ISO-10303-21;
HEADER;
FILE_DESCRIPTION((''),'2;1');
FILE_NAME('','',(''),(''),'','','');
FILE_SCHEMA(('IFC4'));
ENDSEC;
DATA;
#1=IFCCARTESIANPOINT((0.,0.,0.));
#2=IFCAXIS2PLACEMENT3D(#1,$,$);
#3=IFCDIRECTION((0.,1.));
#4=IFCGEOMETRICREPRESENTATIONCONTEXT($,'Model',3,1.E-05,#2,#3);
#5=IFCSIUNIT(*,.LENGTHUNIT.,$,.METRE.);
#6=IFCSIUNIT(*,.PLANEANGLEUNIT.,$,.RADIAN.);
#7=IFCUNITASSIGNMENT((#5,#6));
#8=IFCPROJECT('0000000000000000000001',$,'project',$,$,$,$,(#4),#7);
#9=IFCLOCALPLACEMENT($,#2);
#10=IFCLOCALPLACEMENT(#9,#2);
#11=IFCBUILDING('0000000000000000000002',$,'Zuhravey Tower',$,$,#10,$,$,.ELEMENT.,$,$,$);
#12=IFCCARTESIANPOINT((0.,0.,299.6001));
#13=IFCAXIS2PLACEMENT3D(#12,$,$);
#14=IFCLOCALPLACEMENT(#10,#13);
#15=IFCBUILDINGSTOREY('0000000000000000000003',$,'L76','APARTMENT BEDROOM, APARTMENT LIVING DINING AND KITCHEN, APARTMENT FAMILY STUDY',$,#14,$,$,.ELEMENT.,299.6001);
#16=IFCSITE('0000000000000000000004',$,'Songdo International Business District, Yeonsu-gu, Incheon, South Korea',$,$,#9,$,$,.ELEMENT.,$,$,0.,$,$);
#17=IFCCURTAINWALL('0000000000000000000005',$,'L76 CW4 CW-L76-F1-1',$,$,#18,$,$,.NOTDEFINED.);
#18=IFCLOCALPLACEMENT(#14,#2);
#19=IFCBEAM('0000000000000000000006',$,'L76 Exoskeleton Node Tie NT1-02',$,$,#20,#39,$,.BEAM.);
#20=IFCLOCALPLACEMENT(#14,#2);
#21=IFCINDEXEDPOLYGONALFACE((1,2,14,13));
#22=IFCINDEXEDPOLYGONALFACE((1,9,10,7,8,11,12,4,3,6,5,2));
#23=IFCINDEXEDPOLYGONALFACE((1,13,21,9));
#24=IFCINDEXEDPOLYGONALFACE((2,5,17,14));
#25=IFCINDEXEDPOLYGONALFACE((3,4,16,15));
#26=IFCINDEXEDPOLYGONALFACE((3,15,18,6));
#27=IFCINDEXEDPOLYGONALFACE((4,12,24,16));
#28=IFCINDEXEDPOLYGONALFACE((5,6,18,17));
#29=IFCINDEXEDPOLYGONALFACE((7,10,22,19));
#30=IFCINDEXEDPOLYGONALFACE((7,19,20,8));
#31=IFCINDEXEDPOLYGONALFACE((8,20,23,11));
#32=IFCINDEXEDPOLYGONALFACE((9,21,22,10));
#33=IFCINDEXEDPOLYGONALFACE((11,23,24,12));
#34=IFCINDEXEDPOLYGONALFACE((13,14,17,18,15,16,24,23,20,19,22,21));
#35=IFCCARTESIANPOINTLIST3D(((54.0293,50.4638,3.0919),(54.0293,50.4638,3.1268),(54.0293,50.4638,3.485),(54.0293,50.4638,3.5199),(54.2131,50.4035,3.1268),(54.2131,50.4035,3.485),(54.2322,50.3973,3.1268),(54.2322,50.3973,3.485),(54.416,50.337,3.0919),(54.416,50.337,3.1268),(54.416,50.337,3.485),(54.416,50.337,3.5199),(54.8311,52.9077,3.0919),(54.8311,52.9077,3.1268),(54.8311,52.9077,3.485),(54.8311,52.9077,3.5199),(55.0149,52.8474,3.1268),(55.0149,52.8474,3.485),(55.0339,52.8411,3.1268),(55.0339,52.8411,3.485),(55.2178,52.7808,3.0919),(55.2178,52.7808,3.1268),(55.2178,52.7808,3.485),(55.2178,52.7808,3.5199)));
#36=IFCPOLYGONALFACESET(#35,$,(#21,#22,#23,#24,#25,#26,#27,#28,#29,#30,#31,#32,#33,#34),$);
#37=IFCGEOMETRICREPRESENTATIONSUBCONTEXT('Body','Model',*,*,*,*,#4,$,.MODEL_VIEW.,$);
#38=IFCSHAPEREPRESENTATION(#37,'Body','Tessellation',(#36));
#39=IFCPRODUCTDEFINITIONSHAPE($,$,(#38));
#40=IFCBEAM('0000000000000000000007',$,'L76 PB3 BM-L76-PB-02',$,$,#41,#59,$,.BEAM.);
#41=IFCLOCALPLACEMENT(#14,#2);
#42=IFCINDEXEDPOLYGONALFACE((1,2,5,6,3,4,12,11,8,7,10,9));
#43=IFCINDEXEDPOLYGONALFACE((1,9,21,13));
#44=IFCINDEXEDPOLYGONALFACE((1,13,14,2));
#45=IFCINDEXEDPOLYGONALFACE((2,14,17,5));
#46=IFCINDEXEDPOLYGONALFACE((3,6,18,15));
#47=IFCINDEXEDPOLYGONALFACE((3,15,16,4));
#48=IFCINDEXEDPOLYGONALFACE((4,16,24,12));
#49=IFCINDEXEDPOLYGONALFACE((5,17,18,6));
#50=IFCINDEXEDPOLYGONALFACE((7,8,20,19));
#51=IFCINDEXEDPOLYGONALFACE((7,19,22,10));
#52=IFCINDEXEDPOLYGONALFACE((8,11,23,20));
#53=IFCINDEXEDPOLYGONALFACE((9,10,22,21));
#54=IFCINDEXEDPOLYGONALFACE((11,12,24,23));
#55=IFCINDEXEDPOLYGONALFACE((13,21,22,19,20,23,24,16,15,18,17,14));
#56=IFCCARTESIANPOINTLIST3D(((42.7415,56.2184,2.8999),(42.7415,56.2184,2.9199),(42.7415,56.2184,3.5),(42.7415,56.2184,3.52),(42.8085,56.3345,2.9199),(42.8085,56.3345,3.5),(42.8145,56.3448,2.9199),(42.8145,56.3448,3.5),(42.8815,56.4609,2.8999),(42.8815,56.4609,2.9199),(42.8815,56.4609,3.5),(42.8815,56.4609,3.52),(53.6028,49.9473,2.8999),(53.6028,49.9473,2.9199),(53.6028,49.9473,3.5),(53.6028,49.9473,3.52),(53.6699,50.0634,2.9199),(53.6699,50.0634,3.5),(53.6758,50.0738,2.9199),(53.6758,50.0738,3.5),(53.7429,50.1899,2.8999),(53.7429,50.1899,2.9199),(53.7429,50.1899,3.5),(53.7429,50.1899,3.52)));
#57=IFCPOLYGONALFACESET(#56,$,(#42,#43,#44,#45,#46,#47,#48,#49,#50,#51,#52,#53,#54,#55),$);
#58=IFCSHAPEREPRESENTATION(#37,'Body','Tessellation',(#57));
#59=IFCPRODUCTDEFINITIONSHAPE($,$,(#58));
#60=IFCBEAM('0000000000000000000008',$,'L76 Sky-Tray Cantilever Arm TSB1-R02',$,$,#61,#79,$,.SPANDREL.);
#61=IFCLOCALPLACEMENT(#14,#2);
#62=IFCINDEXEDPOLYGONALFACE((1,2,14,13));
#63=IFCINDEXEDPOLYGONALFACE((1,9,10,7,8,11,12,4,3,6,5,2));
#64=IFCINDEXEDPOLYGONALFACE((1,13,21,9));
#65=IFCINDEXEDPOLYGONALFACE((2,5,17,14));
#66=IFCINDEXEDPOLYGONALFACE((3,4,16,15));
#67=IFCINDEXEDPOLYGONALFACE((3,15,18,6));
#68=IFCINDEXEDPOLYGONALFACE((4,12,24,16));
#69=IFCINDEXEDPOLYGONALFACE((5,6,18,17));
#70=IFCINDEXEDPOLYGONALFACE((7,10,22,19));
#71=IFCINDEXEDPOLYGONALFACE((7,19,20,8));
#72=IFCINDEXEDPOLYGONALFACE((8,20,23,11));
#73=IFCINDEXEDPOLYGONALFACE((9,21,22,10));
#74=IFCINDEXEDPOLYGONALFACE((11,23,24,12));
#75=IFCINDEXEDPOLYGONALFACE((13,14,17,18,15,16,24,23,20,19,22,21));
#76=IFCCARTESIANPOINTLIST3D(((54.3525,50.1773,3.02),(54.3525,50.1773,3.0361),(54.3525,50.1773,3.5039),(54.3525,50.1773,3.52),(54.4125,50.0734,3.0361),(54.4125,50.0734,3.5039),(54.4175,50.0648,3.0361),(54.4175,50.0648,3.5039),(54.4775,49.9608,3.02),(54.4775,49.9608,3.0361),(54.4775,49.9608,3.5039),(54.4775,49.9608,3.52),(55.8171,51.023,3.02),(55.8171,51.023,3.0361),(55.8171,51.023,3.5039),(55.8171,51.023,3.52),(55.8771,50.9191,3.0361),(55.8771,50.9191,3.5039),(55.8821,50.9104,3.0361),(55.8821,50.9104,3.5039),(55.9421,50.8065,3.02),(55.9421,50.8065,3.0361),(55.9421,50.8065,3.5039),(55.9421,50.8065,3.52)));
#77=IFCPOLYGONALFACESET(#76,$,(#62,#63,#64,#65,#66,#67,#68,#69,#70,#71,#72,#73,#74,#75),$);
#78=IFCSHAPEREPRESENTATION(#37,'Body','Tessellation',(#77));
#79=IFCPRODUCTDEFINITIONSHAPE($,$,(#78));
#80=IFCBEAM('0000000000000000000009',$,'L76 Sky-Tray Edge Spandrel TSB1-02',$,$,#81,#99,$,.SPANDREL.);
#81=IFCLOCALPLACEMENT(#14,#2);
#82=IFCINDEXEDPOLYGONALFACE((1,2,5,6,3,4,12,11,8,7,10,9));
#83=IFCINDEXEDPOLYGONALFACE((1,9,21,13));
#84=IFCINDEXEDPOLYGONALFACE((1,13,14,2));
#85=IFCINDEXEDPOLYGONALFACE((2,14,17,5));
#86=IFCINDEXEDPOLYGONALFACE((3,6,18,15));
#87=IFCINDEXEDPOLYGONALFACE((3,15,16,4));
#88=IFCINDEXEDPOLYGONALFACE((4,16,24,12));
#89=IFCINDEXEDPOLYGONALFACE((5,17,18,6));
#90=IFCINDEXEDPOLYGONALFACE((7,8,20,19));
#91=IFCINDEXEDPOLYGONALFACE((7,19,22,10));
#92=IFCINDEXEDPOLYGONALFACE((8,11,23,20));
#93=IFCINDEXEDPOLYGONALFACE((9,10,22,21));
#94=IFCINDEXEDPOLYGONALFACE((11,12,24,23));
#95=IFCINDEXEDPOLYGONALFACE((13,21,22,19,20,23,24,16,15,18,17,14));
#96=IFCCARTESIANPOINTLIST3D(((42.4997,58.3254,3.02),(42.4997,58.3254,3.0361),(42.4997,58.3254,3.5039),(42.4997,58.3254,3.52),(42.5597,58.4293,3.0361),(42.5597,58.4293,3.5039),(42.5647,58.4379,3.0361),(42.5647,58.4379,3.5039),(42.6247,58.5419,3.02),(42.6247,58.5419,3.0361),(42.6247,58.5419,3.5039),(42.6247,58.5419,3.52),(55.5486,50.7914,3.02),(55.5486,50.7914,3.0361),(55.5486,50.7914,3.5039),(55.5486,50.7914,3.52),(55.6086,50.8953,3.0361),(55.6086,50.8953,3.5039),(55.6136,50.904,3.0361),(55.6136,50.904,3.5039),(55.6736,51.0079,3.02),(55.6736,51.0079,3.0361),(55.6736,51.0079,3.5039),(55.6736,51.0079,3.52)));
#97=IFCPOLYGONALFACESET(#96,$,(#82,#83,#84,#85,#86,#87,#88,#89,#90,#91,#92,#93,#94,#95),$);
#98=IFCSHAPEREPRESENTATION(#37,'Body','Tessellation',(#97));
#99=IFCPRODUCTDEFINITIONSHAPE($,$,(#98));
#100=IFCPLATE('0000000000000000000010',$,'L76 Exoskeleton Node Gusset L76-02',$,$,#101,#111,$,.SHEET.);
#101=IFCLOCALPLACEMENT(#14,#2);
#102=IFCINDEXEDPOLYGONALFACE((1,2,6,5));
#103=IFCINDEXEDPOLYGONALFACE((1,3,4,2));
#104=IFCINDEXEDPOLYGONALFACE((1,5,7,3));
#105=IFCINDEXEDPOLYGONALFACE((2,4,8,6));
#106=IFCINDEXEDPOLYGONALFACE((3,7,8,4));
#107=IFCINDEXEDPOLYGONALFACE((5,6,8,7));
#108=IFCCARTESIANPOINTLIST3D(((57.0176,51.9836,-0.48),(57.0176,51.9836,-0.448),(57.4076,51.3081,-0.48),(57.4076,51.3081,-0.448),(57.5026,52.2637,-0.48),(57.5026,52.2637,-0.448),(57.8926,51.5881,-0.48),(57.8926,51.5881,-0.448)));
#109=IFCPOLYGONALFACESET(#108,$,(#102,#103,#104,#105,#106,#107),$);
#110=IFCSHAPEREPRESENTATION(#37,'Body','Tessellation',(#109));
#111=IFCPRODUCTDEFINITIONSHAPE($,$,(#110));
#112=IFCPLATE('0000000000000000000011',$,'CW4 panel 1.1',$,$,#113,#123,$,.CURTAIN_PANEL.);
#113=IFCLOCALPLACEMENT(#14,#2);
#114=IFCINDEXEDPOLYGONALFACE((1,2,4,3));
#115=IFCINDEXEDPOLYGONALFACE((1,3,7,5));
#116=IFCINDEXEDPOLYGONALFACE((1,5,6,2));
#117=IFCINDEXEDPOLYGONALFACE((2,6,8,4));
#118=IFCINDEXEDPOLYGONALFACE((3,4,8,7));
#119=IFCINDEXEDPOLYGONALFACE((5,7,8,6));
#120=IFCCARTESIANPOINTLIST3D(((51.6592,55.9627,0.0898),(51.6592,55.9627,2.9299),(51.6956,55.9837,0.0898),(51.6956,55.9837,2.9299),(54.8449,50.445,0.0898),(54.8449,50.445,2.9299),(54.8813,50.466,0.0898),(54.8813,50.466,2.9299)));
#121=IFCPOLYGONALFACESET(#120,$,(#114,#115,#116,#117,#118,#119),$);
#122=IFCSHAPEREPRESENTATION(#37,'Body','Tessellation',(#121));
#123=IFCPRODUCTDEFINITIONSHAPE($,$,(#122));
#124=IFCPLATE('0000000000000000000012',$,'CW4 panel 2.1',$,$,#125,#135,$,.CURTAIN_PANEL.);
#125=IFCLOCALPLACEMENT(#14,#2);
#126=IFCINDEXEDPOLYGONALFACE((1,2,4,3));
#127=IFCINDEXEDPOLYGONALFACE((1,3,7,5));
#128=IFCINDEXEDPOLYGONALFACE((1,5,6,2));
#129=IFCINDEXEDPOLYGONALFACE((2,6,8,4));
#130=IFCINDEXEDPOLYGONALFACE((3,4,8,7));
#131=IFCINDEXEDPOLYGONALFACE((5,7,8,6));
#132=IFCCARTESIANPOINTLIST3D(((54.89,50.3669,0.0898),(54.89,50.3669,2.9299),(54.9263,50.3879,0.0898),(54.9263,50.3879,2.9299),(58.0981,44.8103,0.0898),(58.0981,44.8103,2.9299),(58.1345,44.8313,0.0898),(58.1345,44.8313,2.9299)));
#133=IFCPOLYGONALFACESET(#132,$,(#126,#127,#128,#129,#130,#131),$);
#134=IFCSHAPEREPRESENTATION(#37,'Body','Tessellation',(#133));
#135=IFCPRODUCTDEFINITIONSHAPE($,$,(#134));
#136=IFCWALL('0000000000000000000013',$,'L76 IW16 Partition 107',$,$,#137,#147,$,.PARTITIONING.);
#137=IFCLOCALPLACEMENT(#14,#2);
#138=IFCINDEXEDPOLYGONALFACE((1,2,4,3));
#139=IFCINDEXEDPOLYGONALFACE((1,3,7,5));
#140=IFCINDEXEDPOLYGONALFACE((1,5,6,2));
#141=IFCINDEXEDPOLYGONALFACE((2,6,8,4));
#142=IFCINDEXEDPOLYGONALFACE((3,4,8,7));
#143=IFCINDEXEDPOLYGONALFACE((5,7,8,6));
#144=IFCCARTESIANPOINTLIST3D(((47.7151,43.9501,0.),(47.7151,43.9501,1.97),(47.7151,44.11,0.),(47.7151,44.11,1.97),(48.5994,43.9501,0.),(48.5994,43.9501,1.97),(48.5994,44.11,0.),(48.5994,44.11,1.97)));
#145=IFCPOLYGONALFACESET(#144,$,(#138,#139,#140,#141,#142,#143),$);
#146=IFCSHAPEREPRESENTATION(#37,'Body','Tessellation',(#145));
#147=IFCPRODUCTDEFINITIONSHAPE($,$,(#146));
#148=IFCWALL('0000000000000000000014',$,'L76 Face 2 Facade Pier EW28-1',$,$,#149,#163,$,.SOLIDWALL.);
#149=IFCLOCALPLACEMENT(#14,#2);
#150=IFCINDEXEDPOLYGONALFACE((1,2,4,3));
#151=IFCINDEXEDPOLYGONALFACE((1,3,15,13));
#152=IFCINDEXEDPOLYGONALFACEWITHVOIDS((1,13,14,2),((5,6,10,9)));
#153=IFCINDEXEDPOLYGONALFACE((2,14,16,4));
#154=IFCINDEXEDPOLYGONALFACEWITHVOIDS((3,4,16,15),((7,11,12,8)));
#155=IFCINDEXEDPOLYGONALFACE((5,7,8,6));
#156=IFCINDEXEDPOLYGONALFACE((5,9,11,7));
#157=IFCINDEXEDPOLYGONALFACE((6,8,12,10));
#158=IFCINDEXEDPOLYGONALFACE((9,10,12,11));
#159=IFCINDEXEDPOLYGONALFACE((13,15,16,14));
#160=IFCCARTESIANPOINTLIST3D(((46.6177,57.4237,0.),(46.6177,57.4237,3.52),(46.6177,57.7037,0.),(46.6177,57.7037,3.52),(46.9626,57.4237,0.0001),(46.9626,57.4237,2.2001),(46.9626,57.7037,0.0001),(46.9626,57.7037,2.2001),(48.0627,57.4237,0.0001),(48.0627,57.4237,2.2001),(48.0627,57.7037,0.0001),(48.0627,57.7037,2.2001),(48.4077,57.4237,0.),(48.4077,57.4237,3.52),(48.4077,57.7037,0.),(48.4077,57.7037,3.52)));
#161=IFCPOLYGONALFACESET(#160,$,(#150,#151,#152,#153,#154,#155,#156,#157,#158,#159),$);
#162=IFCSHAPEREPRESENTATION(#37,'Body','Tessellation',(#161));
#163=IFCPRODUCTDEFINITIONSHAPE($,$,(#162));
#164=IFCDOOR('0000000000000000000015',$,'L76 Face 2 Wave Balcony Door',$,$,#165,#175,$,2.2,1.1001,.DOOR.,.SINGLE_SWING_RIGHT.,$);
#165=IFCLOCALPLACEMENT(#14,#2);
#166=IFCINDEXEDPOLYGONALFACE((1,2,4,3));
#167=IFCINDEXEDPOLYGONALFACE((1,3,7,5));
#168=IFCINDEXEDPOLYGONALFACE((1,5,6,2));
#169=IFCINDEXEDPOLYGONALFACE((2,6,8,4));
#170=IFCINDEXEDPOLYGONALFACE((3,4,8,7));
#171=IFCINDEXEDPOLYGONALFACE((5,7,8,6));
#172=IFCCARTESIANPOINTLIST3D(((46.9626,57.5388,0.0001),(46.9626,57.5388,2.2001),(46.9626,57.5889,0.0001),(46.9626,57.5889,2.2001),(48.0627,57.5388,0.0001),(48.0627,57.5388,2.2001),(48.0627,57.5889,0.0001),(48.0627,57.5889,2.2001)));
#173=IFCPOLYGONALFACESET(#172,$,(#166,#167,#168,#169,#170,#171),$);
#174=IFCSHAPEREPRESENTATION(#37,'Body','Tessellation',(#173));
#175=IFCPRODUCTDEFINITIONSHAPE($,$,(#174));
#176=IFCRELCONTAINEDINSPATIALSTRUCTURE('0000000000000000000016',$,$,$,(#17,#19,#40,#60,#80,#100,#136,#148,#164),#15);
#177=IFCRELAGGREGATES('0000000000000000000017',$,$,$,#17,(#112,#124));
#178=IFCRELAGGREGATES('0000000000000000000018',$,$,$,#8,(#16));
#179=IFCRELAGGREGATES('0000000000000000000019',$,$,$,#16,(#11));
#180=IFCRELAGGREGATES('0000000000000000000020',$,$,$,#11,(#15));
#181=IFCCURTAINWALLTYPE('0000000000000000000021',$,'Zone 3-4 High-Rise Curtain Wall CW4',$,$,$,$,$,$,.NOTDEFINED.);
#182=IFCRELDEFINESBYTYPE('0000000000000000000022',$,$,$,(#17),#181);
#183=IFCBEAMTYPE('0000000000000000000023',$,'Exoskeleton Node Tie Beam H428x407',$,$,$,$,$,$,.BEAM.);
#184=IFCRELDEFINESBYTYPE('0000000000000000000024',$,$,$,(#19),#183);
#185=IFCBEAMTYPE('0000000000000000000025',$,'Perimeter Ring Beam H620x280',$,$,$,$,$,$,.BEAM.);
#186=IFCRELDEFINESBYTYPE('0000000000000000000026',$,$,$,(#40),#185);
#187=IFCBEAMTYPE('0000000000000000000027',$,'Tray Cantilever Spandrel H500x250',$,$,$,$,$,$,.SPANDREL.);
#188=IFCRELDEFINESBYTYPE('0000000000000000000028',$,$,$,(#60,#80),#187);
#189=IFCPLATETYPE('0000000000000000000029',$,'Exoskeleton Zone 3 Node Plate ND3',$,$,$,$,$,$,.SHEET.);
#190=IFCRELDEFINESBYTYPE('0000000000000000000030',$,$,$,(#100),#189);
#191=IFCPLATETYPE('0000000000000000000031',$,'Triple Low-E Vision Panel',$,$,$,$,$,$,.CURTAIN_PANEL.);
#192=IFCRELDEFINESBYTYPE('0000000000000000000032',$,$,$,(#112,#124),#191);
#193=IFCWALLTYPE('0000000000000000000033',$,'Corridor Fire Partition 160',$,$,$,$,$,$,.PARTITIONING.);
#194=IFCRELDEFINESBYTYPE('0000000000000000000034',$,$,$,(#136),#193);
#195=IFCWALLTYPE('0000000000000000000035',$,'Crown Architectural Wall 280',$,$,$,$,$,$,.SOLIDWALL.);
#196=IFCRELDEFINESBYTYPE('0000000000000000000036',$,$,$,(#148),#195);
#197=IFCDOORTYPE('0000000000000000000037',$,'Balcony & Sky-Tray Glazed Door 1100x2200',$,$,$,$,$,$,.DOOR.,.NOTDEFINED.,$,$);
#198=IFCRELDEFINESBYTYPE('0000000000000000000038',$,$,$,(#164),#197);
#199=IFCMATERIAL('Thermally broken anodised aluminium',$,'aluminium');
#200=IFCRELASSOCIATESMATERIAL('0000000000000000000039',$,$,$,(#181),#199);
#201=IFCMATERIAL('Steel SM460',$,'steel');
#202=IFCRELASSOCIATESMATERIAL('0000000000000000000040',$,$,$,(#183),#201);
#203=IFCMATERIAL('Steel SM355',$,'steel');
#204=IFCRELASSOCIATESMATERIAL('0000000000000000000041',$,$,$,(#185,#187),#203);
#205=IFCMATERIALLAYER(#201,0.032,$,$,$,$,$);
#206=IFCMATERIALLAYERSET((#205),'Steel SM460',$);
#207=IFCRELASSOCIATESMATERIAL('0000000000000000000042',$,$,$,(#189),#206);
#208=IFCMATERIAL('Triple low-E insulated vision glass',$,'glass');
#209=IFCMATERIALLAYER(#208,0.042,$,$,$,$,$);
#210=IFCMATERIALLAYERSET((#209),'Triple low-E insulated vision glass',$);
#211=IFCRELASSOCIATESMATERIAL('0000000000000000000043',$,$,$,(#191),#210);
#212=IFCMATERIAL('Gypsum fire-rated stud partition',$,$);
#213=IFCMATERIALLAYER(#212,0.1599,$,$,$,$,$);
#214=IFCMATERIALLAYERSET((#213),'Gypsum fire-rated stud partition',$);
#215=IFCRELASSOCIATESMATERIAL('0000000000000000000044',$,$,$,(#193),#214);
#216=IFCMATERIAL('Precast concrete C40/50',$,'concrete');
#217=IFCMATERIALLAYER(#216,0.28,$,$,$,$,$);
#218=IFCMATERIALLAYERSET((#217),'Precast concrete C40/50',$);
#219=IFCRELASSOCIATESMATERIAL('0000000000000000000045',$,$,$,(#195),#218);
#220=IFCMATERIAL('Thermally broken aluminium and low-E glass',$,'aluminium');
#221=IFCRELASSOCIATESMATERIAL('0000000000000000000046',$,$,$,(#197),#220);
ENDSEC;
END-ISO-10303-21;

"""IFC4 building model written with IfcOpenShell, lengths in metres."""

from ifc_helpers import new_model, si_unit, direction, frame, frame_2d, origin, origin_2d, place, context, subcontext, project, spatial, rectangle, i_section, extrude, material, layer, layer_set, material_profile, profile_set, type_object, element, fill, aggregate, save


model = new_model("IFC4")

# Units and contexts
model_context = context("Model", 3, precision=1e-05, world=origin(), true_north=direction((0.0, 1.0)))
body_context = subcontext(model_context, "Body", "Model", "MODEL_VIEW")
ifc_project = project(units=[si_unit("LENGTHUNIT", "METRE"), si_unit("PLANEANGLEUNIT", "RADIAN")], contexts=[model_context])

# Site, building, storey
site_placement = place(None, origin())
site = spatial("IfcSite", under=ifc_project, at=site_placement, Name="Songdo International Business District, Yeonsu-gu, Incheon, South Korea", CompositionType="ELEMENT", RefElevation=0.0)
building_placement = place(site_placement, origin())
building = spatial("IfcBuilding", under=site, at=building_placement, Name="Zuhravey Tower", CompositionType="ELEMENT")
storey_placement = place(building_placement, frame((0.0, 0.0, 299.6001)))
storey = spatial("IfcBuildingStorey", under=building, at=storey_placement, Name="L76", Description="APARTMENT BEDROOM, APARTMENT LIVING DINING AND KITCHEN, APARTMENT FAMILY STUDY", CompositionType="ELEMENT", Elevation=299.6001)

# Curtain wall
ifc_material_1 = material(Name="Thermally broken anodised aluminium", Category="aluminium")
curtain_wall_type = type_object("IfcCurtainWallType", Name="Zone 3-4 High-Rise Curtain Wall CW4", PredefinedType="NOTDEFINED", material=ifc_material_1)
curtain_wall_placement = place(storey_placement, origin())
curtain_wall = element("IfcCurtainWall", 1, at=curtain_wall_placement, inside=storey, type_object=curtain_wall_type, Name="L76 CW4 CW-L76-F1-1", PredefinedType="NOTDEFINED")

# Beams
ifc_material_2 = material(Name="Steel SM460", Category="steel")
ifc_material_profile_1 = material_profile(ifc_material_2, i_section(OverallWidth=0.407, OverallDepth=0.428, WebThickness=0.02, FlangeThickness=0.0349, at=origin_2d()), Name="H-428x407x20x35")
ifc_profile_set_1 = profile_set([ifc_material_profile_1], Name="Steel SM460")
beam_type_1 = type_object("IfcBeamType", Name="Exoskeleton Node Tie Beam H428x407", PredefinedType="BEAM", material=ifc_profile_set_1)
beam_1_placement = place(storey_placement, frame((54.2227, 50.4004, 3.3059), z_axis=(0.311725, 0.950172, 0.0), x_axis=(-0.950172, 0.311725, 0.0)))
element("IfcBeam", 2, at=beam_1_placement, inside=storey, type_object=beam_type_1, Name="L76 Exoskeleton Node Tie NT1-02", PredefinedType="BEAM", context=body_context, shape_type="SweptSolid", body=[
    extrude(i_section(OverallWidth=0.407, OverallDepth=0.428, WebThickness=0.02, FlangeThickness=0.0349, at=origin_2d()), origin(), (0.0, 0.0, 1.0), 2.572),
])
ifc_material_3 = material(Name="Steel SM355", Category="steel")
ifc_material_profile_2 = material_profile(ifc_material_3, i_section(OverallWidth=0.28, OverallDepth=0.6201, WebThickness=0.012, FlangeThickness=0.02, at=origin_2d()), Name="H-620x280x12x20")
ifc_profile_set_2 = profile_set([ifc_material_profile_2], Name="Steel SM355")
beam_type_2 = type_object("IfcBeamType", Name="Perimeter Ring Beam H620x280", PredefinedType="BEAM", material=ifc_profile_set_2)
beam_2_placement = place(storey_placement, frame((53.6729, 50.0686, 3.21), z_axis=(-0.866018, 0.500012, 0.0), x_axis=(-0.500012, -0.866018, 0.0)))
element("IfcBeam", 3, at=beam_2_placement, inside=storey, type_object=beam_type_2, Name="L76 PB3 BM-L76-PB-02", PredefinedType="BEAM", context=body_context, shape_type="SweptSolid", body=[
    extrude(i_section(OverallWidth=0.28, OverallDepth=0.6201, WebThickness=0.012, FlangeThickness=0.02, at=origin_2d()), origin(), (0.0, 0.0, 1.0), 12.5417),
])
ifc_material_profile_3 = material_profile(ifc_material_3, i_section(OverallWidth=0.25, OverallDepth=0.5, WebThickness=0.01, FlangeThickness=0.0161, at=origin_2d()), Name="H-500x250x10x16")
ifc_profile_set_3 = profile_set([ifc_material_profile_3], Name="Steel SM355")
beam_type_3 = type_object("IfcBeamType", Name="Tray Cantilever Spandrel H500x250", PredefinedType="SPANDREL", material=ifc_profile_set_3)
beam_3_placement = place(storey_placement, frame((54.415, 50.0691, 3.27), z_axis=(0.865996, 0.500052, 0.0), x_axis=(-0.500052, 0.865996, 0.0)))
element("IfcBeam", 4, at=beam_3_placement, inside=storey, type_object=beam_type_3, Name="L76 Sky-Tray Cantilever Arm TSB1-R02", PredefinedType="SPANDREL", context=body_context, shape_type="SweptSolid", body=[
    extrude(i_section(OverallWidth=0.25, OverallDepth=0.5, WebThickness=0.01, FlangeThickness=0.0161, at=origin_2d()), origin(), (0.0, 0.0, 1.0), 1.6912),
])
beam_4_placement = place(storey_placement, frame((55.6111, 50.8997, 3.27), z_axis=(-0.86602, 0.50001, 0.0), x_axis=(-0.50001, -0.86602, 0.0)))
element("IfcBeam", 5, at=beam_4_placement, inside=storey, type_object=beam_type_3, Name="L76 Sky-Tray Edge Spandrel TSB1-02", PredefinedType="SPANDREL", context=body_context, shape_type="SweptSolid", body=[
    extrude(i_section(OverallWidth=0.25, OverallDepth=0.5, WebThickness=0.01, FlangeThickness=0.0161, at=origin_2d()), origin(), (0.0, 0.0, 1.0), 15.0676),
])

# Plates
ifc_layer_1 = layer(ifc_material_2, 0.032)
ifc_layer_set_1 = layer_set([ifc_layer_1], Name="Steel SM460")
plate_type_1 = type_object("IfcPlateType", Name="Exoskeleton Zone 3 Node Plate ND3", PredefinedType="SHEET", material=ifc_layer_set_1)
plate_1_placement = place(storey_placement, frame((57.4551, 51.7859, -0.48), z_axis=(0.0, 0.0, 1.0), x_axis=(-0.5, 0.866025, 0.0)))
element("IfcPlate", 6, at=plate_1_placement, inside=storey, type_object=plate_type_1, Name="L76 Exoskeleton Node Gusset L76-02", PredefinedType="SHEET", context=body_context, shape_type="SweptSolid", body=[
    extrude(rectangle(XDim=0.78, YDim=0.5601, at=origin_2d()), origin(), (0.0, 0.0, 1.0), 0.032),
])
ifc_material_4 = material(Name="Triple low-E insulated vision glass", Category="glass")
ifc_layer_2 = layer(ifc_material_4, 0.042)
ifc_layer_set_2 = layer_set([ifc_layer_2], Name="Triple low-E insulated vision glass")
plate_type_2 = type_object("IfcPlateType", Name="Triple Low-E Vision Panel", PredefinedType="CURTAIN_PANEL", material=ifc_layer_set_2)
plate_2_placement = place(storey_placement, frame((53.2703, 53.2144, 0.0898), z_axis=(0.0, 0.0, 1.0), x_axis=(0.500001, -0.866025, 0.0)))
plate_2 = element("IfcPlate", 7, at=plate_2_placement, type_object=plate_type_2, Name="CW4 panel 1.1", PredefinedType="CURTAIN_PANEL", context=body_context, shape_type="SweptSolid", body=[
    extrude(rectangle(XDim=6.3713, YDim=0.042, at=origin_2d()), origin(), (0.0, 0.0, 1.0), 2.8401),
])
plate_3_placement = place(storey_placement, frame((56.5122, 47.5991, 0.0898), z_axis=(0.0, 0.0, 1.0), x_axis=(0.500001, -0.866025, 0.0)))
plate_3 = element("IfcPlate", 8, at=plate_3_placement, type_object=plate_type_2, Name="CW4 panel 2.1", PredefinedType="CURTAIN_PANEL", context=body_context, shape_type="SweptSolid", body=[
    extrude(rectangle(XDim=6.4163, YDim=0.042, at=origin_2d()), origin(), (0.0, 0.0, 1.0), 2.8401),
])
aggregate(curtain_wall, [plate_2, plate_3])

# Shared definitions
ifc_material_5 = material(Name="Gypsum fire-rated stud partition")
ifc_layer_3 = layer(ifc_material_5, 0.1599)
ifc_layer_set_3 = layer_set([ifc_layer_3], Name="Gypsum fire-rated stud partition")
wall_type_1 = type_object("IfcWallType", Name="Corridor Fire Partition 160", PredefinedType="PARTITIONING", material=ifc_layer_set_3)

# Wall
wall_1_placement = place(storey_placement, frame((48.5994, 44.03, 0.0), z_axis=(0.0, 0.0, 1.0), x_axis=(-1.0, 0.0, 0.0)))
element("IfcWall", 9, at=wall_1_placement, inside=storey, type_object=wall_type_1, Name="L76 IW16 Partition 107", PredefinedType="PARTITIONING", context=body_context, shape_type="SweptSolid", body=[
    extrude(rectangle(XDim=0.8843, YDim=0.1599, at=frame_2d((0.4421, 0.0))), origin(), (0.0, 0.0, 1.0), 1.97),
])

# Wall, opening, door
ifc_material_6 = material(Name="Precast concrete C40/50", Category="concrete")
ifc_layer_4 = layer(ifc_material_6, 0.28)
ifc_layer_set_4 = layer_set([ifc_layer_4], Name="Precast concrete C40/50")
wall_type_2 = type_object("IfcWallType", Name="Crown Architectural Wall 280", PredefinedType="SOLIDWALL", material=ifc_layer_set_4)
wall_2_placement = place(storey_placement, frame((46.6177, 57.5637, 0.0), z_axis=(0.0, 0.0, 1.0), x_axis=(1.0, 0.0, 0.0)))
wall_2 = element("IfcWall", 10, at=wall_2_placement, inside=storey, type_object=wall_type_2, Name="L76 Face 2 Facade Pier EW28-1", PredefinedType="SOLIDWALL", context=body_context, shape_type="SweptSolid", body=[
    extrude(rectangle(XDim=1.79, YDim=0.28, at=frame_2d((0.895, 0.0))), origin(), (0.0, 0.0, 1.0), 3.52),
])
opening_1_placement = place(wall_2_placement, frame((0.345, 0.0, 0.0)))
opening_1 = element("IfcOpeningElement", 11, at=opening_1_placement, cuts=wall_2, PredefinedType="OPENING", context=body_context, shape_type="SweptSolid", body=[
    extrude(rectangle(XDim=1.1001, YDim=2.2, at=frame_2d((0.55, 1.1001))), frame((0.0, 0.1521, 0.0), z_axis=(0.0, -1.0, 0.0), x_axis=(1.0, 0.0, 0.0)), (0.0, 0.0, 1.0), 0.304),
])
ifc_material_7 = material(Name="Thermally broken aluminium and low-E glass", Category="aluminium")
door_type_1 = type_object("IfcDoorType", Name="Balcony & Sky-Tray Glazed Door 1100x2200", OperationType="NOTDEFINED", PredefinedType="DOOR", material=ifc_material_7)
door_1_placement = place(opening_1_placement, frame((1.1001, 0.0, 0.0), z_axis=(0.0, 0.0, 1.0), x_axis=(-1.0, 0.0, 0.0)))
door_1 = element("IfcDoor", 12, at=door_1_placement, inside=storey, type_object=door_type_1, Name="L76 Face 2 Wave Balcony Door", OperationType="SINGLE_SWING_RIGHT", OverallHeight=2.2, OverallWidth=1.1001, PredefinedType="DOOR", context=body_context, shape_type="SweptSolid", body=[
    extrude(rectangle(XDim=1.1001, YDim=2.2, at=frame_2d((0.55, 1.1001))), frame((0.0, 0.0249, 0.0), z_axis=(0.0, -1.0, 0.0), x_axis=(1.0, 0.0, 0.0)), (0.0, 0.0, 1.0), 0.05),
])
fill(opening_1, door_1)

save(model, "model.ifc")
